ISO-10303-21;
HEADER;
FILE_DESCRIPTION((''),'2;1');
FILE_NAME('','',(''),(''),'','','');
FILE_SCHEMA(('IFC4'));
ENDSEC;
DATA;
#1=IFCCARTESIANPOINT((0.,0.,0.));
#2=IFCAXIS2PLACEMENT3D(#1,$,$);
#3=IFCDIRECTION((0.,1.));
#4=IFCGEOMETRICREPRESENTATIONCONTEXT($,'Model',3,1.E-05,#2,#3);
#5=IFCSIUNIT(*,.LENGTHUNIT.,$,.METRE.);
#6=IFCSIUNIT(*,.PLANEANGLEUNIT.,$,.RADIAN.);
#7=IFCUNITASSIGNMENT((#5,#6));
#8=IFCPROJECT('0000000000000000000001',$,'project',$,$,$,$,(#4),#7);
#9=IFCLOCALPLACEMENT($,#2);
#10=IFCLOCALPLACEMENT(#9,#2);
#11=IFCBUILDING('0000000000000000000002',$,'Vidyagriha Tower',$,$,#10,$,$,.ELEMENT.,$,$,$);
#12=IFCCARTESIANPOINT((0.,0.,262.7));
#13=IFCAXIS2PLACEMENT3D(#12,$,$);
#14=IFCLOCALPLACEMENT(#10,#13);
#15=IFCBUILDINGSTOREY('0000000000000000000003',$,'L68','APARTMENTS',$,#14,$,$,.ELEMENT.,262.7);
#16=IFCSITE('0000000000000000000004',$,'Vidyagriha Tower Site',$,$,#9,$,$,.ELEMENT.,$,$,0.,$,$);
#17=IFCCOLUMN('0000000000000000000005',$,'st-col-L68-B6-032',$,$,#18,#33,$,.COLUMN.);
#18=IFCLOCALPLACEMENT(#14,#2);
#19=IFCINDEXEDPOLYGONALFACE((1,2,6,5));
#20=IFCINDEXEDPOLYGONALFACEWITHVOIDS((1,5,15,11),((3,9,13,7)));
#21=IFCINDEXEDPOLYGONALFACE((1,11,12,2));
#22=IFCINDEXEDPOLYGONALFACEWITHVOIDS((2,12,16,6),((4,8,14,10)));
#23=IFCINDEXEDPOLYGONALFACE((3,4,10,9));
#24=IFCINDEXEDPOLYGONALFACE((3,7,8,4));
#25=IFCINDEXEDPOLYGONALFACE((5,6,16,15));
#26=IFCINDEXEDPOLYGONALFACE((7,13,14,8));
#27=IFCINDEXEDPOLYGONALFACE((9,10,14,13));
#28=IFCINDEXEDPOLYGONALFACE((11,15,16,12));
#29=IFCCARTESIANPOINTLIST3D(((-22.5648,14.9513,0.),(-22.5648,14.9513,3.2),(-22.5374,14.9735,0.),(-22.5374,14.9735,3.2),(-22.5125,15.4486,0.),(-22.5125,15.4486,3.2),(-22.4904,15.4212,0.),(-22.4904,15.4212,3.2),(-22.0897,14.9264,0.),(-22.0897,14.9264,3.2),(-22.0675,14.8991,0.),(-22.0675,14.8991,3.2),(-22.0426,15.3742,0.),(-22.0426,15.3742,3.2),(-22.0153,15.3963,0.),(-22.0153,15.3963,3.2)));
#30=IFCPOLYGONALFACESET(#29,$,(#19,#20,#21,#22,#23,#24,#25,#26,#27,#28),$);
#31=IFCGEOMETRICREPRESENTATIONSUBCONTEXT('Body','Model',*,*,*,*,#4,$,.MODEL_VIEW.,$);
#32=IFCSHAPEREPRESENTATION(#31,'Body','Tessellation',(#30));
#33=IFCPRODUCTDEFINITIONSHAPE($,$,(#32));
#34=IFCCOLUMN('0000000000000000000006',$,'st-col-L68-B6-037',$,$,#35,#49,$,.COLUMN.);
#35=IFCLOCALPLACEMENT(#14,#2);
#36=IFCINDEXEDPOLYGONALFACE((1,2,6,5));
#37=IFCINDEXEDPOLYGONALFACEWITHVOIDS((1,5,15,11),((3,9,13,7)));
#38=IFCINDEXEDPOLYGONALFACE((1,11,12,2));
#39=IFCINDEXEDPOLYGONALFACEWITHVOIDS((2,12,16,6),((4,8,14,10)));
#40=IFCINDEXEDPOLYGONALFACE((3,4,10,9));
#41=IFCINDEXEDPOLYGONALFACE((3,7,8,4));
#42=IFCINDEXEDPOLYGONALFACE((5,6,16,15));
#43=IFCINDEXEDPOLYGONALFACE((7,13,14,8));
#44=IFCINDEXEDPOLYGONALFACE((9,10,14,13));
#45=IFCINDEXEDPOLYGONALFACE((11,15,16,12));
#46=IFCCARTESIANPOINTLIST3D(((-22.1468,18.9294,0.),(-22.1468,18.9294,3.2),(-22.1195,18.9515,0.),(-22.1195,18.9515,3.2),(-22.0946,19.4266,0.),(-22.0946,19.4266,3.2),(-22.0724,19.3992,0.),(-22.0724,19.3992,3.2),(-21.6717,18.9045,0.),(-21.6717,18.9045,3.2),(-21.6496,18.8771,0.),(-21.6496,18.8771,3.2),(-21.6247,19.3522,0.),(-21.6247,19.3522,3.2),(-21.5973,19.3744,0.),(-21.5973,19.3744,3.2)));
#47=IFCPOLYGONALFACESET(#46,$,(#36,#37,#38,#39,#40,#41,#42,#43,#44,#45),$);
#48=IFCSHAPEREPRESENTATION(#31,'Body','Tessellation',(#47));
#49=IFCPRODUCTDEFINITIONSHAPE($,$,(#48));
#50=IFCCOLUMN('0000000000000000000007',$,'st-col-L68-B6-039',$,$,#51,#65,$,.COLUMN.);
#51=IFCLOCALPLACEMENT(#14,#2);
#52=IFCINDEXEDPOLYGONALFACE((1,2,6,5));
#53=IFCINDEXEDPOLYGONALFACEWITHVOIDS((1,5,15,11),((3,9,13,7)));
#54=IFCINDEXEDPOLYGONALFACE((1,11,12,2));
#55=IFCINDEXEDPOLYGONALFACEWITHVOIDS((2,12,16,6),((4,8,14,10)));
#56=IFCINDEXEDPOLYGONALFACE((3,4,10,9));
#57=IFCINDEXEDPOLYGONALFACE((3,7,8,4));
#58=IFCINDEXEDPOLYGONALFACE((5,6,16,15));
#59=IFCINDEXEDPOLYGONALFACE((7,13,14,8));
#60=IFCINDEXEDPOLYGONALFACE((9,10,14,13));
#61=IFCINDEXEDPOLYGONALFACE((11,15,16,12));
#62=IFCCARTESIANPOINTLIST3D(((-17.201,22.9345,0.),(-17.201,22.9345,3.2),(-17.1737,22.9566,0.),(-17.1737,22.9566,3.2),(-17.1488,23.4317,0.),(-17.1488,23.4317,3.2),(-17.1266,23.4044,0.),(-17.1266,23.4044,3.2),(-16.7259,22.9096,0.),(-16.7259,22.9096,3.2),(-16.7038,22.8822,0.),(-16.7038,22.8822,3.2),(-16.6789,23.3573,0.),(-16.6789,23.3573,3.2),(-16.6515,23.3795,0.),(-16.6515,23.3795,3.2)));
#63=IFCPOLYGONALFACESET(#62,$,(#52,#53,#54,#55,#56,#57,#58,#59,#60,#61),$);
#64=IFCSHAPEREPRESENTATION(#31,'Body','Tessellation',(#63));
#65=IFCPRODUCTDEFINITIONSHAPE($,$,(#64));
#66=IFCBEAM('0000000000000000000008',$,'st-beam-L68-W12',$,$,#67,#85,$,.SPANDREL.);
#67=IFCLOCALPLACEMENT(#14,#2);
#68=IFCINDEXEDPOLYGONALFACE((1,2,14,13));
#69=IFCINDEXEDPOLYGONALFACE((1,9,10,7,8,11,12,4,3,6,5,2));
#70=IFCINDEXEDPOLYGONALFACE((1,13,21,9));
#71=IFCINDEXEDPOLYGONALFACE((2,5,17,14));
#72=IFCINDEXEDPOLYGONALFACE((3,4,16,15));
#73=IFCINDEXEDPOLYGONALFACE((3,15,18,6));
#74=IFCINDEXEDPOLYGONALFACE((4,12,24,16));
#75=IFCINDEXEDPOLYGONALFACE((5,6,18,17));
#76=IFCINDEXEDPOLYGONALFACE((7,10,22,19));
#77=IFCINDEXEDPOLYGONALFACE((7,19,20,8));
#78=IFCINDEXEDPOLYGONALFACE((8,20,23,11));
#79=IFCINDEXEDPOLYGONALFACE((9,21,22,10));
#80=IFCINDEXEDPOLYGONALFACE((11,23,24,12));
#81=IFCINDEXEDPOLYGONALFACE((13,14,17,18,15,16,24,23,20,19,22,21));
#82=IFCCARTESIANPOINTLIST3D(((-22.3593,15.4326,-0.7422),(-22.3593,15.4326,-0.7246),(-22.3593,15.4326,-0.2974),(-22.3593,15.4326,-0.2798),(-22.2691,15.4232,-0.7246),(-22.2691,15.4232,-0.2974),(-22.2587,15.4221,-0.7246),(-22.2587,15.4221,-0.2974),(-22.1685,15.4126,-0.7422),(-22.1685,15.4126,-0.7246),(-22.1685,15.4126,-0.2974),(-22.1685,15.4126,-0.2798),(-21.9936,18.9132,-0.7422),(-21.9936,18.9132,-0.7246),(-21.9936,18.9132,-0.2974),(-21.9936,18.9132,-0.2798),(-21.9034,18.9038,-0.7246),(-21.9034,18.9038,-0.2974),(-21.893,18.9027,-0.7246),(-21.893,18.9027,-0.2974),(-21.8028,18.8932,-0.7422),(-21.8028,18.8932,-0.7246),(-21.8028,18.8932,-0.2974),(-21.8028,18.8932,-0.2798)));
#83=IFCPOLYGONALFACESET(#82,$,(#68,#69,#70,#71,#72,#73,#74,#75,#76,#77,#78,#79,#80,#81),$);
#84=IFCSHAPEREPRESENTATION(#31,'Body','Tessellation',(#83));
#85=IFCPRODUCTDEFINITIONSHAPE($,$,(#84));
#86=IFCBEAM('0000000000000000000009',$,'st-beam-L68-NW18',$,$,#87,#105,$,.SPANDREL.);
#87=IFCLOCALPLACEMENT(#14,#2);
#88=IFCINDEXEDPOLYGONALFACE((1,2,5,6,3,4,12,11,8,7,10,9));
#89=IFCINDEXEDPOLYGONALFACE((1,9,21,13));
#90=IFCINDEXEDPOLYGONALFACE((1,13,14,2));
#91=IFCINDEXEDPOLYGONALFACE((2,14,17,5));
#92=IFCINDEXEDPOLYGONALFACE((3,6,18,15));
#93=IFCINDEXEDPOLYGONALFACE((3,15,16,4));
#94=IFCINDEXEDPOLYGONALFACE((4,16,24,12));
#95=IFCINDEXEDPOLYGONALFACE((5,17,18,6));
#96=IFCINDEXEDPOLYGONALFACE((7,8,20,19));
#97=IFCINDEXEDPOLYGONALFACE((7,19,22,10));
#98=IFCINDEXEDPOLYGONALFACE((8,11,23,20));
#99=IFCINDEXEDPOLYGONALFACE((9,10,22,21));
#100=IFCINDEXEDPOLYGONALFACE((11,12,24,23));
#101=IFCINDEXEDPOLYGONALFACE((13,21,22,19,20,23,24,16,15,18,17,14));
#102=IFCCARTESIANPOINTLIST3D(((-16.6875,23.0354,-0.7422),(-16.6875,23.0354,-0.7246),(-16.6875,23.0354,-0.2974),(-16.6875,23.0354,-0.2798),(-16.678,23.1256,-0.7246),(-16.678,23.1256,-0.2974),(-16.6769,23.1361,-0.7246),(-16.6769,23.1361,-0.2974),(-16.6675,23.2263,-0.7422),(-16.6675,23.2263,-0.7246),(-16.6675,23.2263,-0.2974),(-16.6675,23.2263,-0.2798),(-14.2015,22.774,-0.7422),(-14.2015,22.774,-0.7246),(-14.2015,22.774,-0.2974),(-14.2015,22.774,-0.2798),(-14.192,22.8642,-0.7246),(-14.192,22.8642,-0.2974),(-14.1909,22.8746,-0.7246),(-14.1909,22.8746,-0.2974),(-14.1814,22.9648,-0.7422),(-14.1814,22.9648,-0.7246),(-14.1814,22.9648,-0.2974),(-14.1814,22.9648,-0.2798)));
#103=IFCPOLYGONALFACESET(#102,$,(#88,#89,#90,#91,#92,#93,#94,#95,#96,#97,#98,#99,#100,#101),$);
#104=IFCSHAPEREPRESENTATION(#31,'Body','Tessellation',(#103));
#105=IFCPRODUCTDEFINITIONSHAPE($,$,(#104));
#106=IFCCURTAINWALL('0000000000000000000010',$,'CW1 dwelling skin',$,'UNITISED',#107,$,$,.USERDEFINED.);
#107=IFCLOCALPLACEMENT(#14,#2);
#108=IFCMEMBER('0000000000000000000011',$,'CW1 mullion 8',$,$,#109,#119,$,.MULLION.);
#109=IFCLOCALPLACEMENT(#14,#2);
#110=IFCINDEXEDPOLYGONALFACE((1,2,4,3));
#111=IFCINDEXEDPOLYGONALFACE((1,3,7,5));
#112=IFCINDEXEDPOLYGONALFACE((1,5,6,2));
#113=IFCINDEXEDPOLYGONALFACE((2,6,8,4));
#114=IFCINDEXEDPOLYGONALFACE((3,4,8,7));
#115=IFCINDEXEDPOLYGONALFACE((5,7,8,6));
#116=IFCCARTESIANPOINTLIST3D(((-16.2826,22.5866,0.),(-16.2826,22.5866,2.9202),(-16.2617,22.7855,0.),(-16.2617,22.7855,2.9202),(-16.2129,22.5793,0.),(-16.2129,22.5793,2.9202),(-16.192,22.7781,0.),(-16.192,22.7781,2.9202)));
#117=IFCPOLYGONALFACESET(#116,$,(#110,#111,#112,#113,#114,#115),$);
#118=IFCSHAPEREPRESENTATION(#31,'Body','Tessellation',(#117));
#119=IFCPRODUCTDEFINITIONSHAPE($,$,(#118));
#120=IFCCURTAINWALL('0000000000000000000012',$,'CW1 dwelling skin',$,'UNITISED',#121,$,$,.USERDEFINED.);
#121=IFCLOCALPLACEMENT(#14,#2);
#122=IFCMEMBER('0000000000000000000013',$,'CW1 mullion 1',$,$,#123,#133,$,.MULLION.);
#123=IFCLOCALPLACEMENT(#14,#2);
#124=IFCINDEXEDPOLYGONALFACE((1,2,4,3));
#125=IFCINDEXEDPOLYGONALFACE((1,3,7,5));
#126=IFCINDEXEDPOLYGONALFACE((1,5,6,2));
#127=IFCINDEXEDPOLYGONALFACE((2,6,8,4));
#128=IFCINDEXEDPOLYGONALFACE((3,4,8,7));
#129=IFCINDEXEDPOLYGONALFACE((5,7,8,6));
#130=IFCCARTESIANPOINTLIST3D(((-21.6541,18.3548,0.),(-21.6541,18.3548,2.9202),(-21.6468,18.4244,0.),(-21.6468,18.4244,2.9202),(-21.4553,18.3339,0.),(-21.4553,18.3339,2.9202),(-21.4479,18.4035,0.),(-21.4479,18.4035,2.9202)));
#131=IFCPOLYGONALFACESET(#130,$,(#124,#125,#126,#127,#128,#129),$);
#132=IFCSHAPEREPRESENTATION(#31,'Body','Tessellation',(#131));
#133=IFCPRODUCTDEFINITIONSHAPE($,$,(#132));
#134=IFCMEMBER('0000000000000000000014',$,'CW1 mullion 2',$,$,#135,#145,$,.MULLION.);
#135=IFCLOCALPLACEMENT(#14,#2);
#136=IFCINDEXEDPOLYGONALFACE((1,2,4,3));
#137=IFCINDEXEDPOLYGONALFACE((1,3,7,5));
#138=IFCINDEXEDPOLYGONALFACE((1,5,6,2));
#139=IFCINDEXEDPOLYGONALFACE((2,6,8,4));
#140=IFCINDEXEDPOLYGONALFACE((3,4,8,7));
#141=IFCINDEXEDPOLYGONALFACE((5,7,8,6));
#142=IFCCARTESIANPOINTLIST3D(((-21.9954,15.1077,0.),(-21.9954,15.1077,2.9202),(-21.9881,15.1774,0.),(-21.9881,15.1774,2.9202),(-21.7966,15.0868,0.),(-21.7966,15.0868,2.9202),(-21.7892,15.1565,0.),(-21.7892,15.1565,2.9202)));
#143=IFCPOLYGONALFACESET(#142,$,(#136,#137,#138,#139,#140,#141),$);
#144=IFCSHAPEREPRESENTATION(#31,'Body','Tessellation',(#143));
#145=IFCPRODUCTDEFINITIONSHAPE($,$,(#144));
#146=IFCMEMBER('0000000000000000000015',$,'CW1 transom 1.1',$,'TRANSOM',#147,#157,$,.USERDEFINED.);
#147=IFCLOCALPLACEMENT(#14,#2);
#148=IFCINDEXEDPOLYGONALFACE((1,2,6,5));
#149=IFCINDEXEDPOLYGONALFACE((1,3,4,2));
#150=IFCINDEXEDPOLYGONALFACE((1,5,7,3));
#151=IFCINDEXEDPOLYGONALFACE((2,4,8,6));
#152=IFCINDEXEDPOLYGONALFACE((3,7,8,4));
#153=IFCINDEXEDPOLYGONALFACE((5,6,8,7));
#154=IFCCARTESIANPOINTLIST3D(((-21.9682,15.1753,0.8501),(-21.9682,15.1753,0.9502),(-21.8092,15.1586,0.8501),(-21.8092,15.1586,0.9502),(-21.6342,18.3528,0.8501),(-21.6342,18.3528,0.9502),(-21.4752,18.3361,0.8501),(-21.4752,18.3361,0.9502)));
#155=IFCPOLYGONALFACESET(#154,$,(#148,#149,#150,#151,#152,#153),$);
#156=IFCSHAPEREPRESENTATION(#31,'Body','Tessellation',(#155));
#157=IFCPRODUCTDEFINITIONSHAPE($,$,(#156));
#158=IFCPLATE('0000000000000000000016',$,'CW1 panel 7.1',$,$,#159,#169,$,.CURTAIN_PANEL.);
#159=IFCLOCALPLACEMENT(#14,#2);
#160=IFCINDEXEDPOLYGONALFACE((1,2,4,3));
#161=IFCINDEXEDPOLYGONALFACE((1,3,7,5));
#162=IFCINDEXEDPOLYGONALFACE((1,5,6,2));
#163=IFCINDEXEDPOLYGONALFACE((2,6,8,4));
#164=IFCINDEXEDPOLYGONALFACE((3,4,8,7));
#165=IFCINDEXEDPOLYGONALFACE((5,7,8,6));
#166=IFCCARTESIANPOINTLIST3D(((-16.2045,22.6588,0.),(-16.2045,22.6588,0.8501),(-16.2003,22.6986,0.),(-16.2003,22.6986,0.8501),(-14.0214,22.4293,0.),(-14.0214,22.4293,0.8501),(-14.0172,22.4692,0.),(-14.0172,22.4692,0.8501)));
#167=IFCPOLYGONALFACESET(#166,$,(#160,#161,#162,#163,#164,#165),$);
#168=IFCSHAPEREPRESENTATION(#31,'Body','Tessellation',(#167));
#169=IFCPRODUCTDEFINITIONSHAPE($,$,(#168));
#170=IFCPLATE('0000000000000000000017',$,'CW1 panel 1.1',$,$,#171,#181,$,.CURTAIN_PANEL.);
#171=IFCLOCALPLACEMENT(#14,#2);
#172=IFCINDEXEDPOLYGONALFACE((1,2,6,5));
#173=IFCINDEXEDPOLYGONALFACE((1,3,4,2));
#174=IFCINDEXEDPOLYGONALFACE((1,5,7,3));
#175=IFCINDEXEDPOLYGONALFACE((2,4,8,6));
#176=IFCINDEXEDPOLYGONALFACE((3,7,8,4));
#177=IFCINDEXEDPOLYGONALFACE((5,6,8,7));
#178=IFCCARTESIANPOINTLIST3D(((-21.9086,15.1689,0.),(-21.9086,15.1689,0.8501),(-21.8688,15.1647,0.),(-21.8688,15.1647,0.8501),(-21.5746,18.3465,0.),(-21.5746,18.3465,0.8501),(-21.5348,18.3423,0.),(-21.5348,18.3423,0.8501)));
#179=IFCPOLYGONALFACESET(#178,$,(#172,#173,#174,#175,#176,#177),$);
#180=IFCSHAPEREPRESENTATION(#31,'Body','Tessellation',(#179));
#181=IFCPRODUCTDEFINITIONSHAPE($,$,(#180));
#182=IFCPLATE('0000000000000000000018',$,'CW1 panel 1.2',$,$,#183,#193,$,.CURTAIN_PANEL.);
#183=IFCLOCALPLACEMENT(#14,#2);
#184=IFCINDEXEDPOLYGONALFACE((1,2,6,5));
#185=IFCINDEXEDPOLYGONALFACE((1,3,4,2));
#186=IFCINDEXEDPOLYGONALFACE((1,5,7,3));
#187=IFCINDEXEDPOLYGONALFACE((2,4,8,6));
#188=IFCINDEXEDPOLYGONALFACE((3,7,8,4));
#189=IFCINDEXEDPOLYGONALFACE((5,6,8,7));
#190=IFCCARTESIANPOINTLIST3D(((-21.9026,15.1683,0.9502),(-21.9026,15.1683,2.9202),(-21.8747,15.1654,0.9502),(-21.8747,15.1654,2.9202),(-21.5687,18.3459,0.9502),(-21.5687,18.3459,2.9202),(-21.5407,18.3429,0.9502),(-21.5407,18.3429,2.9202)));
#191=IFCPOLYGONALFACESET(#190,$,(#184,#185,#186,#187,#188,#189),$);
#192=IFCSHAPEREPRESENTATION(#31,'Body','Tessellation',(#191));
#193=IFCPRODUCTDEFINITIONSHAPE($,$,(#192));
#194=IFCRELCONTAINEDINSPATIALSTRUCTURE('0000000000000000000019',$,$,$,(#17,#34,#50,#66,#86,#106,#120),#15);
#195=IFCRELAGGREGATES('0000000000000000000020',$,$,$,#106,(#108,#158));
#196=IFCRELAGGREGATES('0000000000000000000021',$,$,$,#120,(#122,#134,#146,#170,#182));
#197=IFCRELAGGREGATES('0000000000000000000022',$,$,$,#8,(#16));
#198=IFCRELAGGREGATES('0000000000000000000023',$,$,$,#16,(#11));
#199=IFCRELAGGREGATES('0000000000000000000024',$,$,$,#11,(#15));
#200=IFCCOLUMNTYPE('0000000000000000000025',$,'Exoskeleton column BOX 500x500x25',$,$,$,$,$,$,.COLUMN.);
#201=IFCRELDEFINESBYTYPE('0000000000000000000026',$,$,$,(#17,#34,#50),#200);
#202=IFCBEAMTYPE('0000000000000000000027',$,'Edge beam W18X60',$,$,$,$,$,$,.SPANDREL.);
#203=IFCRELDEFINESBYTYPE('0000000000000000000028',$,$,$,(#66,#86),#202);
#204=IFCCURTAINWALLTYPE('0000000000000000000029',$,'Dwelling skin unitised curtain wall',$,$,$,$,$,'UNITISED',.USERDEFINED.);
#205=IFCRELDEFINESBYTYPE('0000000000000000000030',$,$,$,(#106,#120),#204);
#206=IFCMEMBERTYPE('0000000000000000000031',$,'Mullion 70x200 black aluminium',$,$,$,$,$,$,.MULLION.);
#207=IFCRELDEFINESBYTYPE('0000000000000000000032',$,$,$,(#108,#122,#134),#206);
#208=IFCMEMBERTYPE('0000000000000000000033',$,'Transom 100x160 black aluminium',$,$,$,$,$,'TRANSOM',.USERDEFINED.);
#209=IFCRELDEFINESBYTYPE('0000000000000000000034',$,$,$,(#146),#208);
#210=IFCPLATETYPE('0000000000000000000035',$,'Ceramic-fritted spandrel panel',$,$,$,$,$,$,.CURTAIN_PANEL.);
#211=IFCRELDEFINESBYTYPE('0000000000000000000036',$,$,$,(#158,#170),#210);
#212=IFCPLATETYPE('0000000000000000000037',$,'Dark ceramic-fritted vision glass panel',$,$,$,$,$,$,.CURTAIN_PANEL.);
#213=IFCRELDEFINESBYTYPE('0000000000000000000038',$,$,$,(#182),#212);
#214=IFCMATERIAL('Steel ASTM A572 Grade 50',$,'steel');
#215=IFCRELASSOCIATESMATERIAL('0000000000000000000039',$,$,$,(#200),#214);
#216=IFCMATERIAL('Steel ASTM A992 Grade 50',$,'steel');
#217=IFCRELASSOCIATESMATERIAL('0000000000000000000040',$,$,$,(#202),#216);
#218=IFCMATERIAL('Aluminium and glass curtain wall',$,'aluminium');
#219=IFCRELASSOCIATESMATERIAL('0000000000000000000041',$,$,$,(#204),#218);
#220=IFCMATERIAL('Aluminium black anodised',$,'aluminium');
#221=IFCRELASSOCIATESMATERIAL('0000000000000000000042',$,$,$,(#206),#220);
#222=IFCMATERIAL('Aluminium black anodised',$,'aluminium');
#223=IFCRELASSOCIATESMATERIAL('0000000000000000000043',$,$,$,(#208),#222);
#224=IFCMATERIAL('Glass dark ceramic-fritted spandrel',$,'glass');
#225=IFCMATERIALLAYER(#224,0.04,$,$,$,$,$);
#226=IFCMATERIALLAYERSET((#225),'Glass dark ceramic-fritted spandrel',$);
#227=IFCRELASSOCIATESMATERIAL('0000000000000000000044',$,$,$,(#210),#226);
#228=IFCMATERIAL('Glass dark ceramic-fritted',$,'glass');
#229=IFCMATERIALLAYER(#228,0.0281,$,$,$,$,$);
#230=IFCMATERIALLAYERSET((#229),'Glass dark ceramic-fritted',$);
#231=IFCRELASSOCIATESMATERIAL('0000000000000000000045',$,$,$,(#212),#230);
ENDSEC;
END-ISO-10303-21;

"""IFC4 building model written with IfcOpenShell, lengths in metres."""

from ifc_helpers import new_model, si_unit, direction, frame, origin, origin_2d, place, context, subcontext, project, spatial, rectangle, hollow_rectangle, i_section, extrude, material, layer, layer_set, material_profile, profile_set, type_object, element, aggregate, save


model = new_model("IFC4")

# Units and contexts
model_context = context("Model", 3, precision=1e-05, world=origin(), true_north=direction((0.0, 1.0)))
body_context = subcontext(model_context, "Body", "Model", "MODEL_VIEW")
ifc_project = project(units=[si_unit("LENGTHUNIT", "METRE"), si_unit("PLANEANGLEUNIT", "RADIAN")], contexts=[model_context])

# Site, building, storey
site_placement = place(None, origin())
site = spatial("IfcSite", under=ifc_project, at=site_placement, Name="Vidyagriha Tower Site", CompositionType="ELEMENT", RefElevation=0.0)
building_placement = place(site_placement, origin())
building = spatial("IfcBuilding", under=site, at=building_placement, Name="Vidyagriha Tower", CompositionType="ELEMENT")
storey_placement = place(building_placement, frame((0.0, 0.0, 262.7)))
storey = spatial("IfcBuildingStorey", under=building, at=storey_placement, Name="L68", Description="APARTMENTS", CompositionType="ELEMENT", Elevation=262.7)

# Columns
ifc_material_1 = material(Name="Steel ASTM A572 Grade 50", Category="steel")
ifc_material_profile_1 = material_profile(ifc_material_1, hollow_rectangle(XDim=0.5, YDim=0.5, WallThickness=0.0249, at=origin_2d()), Name="BOX 500x500x25")
ifc_profile_set_1 = profile_set([ifc_material_profile_1], Name="Steel ASTM A572 Grade 50")
column_type = type_object("IfcColumnType", Name="Exoskeleton column BOX 500x500x25", PredefinedType="COLUMN", material=ifc_profile_set_1)
for number, where, z_axis, x_axis, name in (
    (1, (-22.29, 15.1738, 0.0), (0.0, 0.0, 1.0), (0.994522, -0.104528, 0.0), "st-col-L68-B6-032"),
    (2, (-21.8721, 19.1519, 0.0), (0.0, 0.0, 1.0), (0.994522, -0.104528, 0.0), "st-col-L68-B6-037"),
    (3, (-16.9263, 23.157, 0.0), (0.0, 0.0, 1.0), (0.994522, -0.104528, 0.0), "st-col-L68-B6-039"),
):
    element("IfcColumn", number, at=place(storey_placement, frame(where, z_axis=z_axis, x_axis=x_axis)), inside=storey, type_object=column_type, Name=name, PredefinedType="COLUMN", context=body_context, shape_type="SweptSolid", body=[
        extrude(hollow_rectangle(XDim=0.5, YDim=0.5, WallThickness=0.0249, at=origin_2d()), origin(), (0.0, 0.0, 1.0), 3.2),
    ])

# Beams
ifc_material_2 = material(Name="Steel ASTM A992 Grade 50", Category="steel")
ifc_material_profile_2 = material_profile(ifc_material_2, i_section(OverallWidth=0.1919, OverallDepth=0.4624, WebThickness=0.0105, FlangeThickness=0.0176, at=origin_2d()), Name="W18X60")
ifc_profile_set_2 = profile_set([ifc_material_profile_2], Name="Steel ASTM A992 Grade 50")
beam_type = type_object("IfcBeamType", Name="Edge beam W18X60", PredefinedType="SPANDREL", material=ifc_profile_set_2)
beam_1_placement = place(storey_placement, frame((-22.2639, 15.4226, -0.511), z_axis=(0.104496, 0.994525, 0.0), x_axis=(-0.994525, 0.104496, 0.0)))
element("IfcBeam", 4, at=beam_1_placement, inside=storey, type_object=beam_type, Name="st-beam-L68-W12", PredefinedType="SPANDREL", context=body_context, shape_type="SweptSolid", body=[
    extrude(i_section(OverallWidth=0.1919, OverallDepth=0.4624, WebThickness=0.0105, FlangeThickness=0.0176, at=origin_2d()), origin(), (0.0, 0.0, 1.0), 3.4998),
])
beam_2_placement = place(storey_placement, frame((-16.6775, 23.1309, -0.511), z_axis=(0.994515, -0.104598, 0.0), x_axis=(0.104598, 0.994515, 0.0)))
element("IfcBeam", 5, at=beam_2_placement, inside=storey, type_object=beam_type, Name="st-beam-L68-NW18", PredefinedType="SPANDREL", context=body_context, shape_type="SweptSolid", body=[
    extrude(i_section(OverallWidth=0.1919, OverallDepth=0.4624, WebThickness=0.0105, FlangeThickness=0.0176, at=origin_2d()), origin(), (0.0, 0.0, 1.0), 2.4998),
])

# Curtain wall, member
ifc_material_3 = material(Name="Aluminium and glass curtain wall", Category="aluminium")
curtain_wall_type = type_object("IfcCurtainWallType", Name="Dwelling skin unitised curtain wall", ElementType="UNITISED", PredefinedType="USERDEFINED", material=ifc_material_3)
curtain_wall_1_placement = place(storey_placement, origin())
curtain_wall_1 = element("IfcCurtainWall", 6, at=curtain_wall_1_placement, inside=storey, type_object=curtain_wall_type, Name="CW1 dwelling skin", ObjectType="UNITISED", PredefinedType="USERDEFINED")
ifc_material_4 = material(Name="Aluminium black anodised", Category="aluminium")
ifc_material_profile_3 = material_profile(ifc_material_4, rectangle(XDim=0.2, YDim=0.0701, at=origin_2d()), Name="Mullion 70x200 black aluminium")
ifc_profile_set_3 = profile_set([ifc_material_profile_3], Name="Aluminium black anodised")
member_type_1 = type_object("IfcMemberType", Name="Mullion 70x200 black aluminium", PredefinedType="MULLION", material=ifc_profile_set_3)
member_1_placement = place(storey_placement, frame((-16.2373, 22.6824, 0.0), z_axis=(0.0, 0.0, 1.0), x_axis=(-0.104529, -0.994522, 0.0)))
member_1 = element("IfcMember", 7, at=member_1_placement, type_object=member_type_1, Name="CW1 mullion 8", PredefinedType="MULLION", context=body_context, shape_type="SweptSolid", body=[
    extrude(rectangle(XDim=0.2, YDim=0.0701, at=origin_2d()), origin(), (0.0, 0.0, 1.0), 2.9202),
])

# Curtain wall, members
curtain_wall_2_placement = place(storey_placement, origin())
curtain_wall_2 = element("IfcCurtainWall", 8, at=curtain_wall_2_placement, inside=storey, type_object=curtain_wall_type, Name="CW1 dwelling skin", ObjectType="UNITISED", PredefinedType="USERDEFINED")
member_2_placement = place(storey_placement, frame((-21.551, 18.3792, 0.0), z_axis=(0.0, 0.0, 1.0), x_axis=(0.994522, -0.104525, 0.0)))
member_2 = element("IfcMember", 9, at=member_2_placement, type_object=member_type_1, Name="CW1 mullion 1", PredefinedType="MULLION", context=body_context, shape_type="SweptSolid", body=[
    extrude(rectangle(XDim=0.2, YDim=0.0701, at=origin_2d()), origin(), (0.0, 0.0, 1.0), 2.9202),
])
member_3_placement = place(storey_placement, frame((-21.8923, 15.1321, 0.0), z_axis=(0.0, 0.0, 1.0), x_axis=(0.994522, -0.104525, 0.0)))
member_3 = element("IfcMember", 10, at=member_3_placement, type_object=member_type_1, Name="CW1 mullion 2", PredefinedType="MULLION", context=body_context, shape_type="SweptSolid", body=[
    extrude(rectangle(XDim=0.2, YDim=0.0701, at=origin_2d()), origin(), (0.0, 0.0, 1.0), 2.9202),
])
ifc_material_5 = material(Name="Aluminium black anodised", Category="aluminium")
ifc_material_profile_4 = material_profile(ifc_material_5, rectangle(XDim=0.1599, YDim=0.1001, at=origin_2d()), Name="Transom 100x160 black aluminium")
ifc_profile_set_4 = profile_set([ifc_material_profile_4], Name="Aluminium black anodised")
member_type_2 = type_object("IfcMemberType", Name="Transom 100x160 black aluminium", ElementType="TRANSOM", PredefinedType="USERDEFINED", material=ifc_profile_set_4)
member_4_placement = place(storey_placement, frame((-21.5547, 18.3445, 0.9001), z_axis=(-0.104534, -0.994521, 0.0), x_axis=(0.994521, -0.104534, 0.0)))
member_4 = element("IfcMember", 11, at=member_4_placement, type_object=member_type_2, Name="CW1 transom 1.1", ObjectType="TRANSOM", PredefinedType="USERDEFINED", context=body_context, shape_type="SweptSolid", body=[
    extrude(rectangle(XDim=0.1599, YDim=0.1001, at=origin_2d()), origin(), (0.0, 0.0, 1.0), 3.1951),
])

# Plates
ifc_material_6 = material(Name="Glass dark ceramic-fritted spandrel", Category="glass")
ifc_layer_1 = layer(ifc_material_6, 0.04)
ifc_layer_set_1 = layer_set([ifc_layer_1], Name="Glass dark ceramic-fritted spandrel")
plate_type_1 = type_object("IfcPlateType", Name="Ceramic-fritted spandrel panel", PredefinedType="CURTAIN_PANEL", material=ifc_layer_set_1)
plate_1_placement = place(storey_placement, frame((-15.1108, 22.564, 0.0), z_axis=(0.0, 0.0, 1.0), x_axis=(-0.994522, 0.104529, 0.0)))
plate_1 = element("IfcPlate", 12, at=plate_1_placement, type_object=plate_type_1, Name="CW1 panel 7.1", PredefinedType="CURTAIN_PANEL", context=body_context, shape_type="SweptSolid", body=[
    extrude(rectangle(XDim=2.1951, YDim=0.04, at=origin_2d()), origin(), (0.0, 0.0, 1.0), 0.8501),
])
aggregate(curtain_wall_1, [member_1, plate_1])
plate_2_placement = place(storey_placement, frame((-21.7217, 16.7556, 0.0), z_axis=(0.0, 0.0, 1.0), x_axis=(-0.104525, -0.994522, 0.0)))
plate_2 = element("IfcPlate", 13, at=plate_2_placement, type_object=plate_type_1, Name="CW1 panel 1.1", PredefinedType="CURTAIN_PANEL", context=body_context, shape_type="SweptSolid", body=[
    extrude(rectangle(XDim=3.1951, YDim=0.04, at=origin_2d()), origin(), (0.0, 0.0, 1.0), 0.8501),
])
ifc_material_7 = material(Name="Glass dark ceramic-fritted", Category="glass")
ifc_layer_2 = layer(ifc_material_7, 0.0281)
ifc_layer_set_2 = layer_set([ifc_layer_2], Name="Glass dark ceramic-fritted")
plate_type_2 = type_object("IfcPlateType", Name="Dark ceramic-fritted vision glass panel", PredefinedType="CURTAIN_PANEL", material=ifc_layer_set_2)
plate_3_placement = place(storey_placement, frame((-21.7217, 16.7556, 0.9502), z_axis=(0.0, 0.0, 1.0), x_axis=(-0.104525, -0.994522, 0.0)))
plate_3 = element("IfcPlate", 14, at=plate_3_placement, type_object=plate_type_2, Name="CW1 panel 1.2", PredefinedType="CURTAIN_PANEL", context=body_context, shape_type="SweptSolid", body=[
    extrude(rectangle(XDim=3.1951, YDim=0.0281, at=origin_2d()), origin(), (0.0, 0.0, 1.0), 1.97),
])
aggregate(curtain_wall_2, [member_2, member_3, member_4, plate_2, plate_3])

save(model, "model.ifc")
